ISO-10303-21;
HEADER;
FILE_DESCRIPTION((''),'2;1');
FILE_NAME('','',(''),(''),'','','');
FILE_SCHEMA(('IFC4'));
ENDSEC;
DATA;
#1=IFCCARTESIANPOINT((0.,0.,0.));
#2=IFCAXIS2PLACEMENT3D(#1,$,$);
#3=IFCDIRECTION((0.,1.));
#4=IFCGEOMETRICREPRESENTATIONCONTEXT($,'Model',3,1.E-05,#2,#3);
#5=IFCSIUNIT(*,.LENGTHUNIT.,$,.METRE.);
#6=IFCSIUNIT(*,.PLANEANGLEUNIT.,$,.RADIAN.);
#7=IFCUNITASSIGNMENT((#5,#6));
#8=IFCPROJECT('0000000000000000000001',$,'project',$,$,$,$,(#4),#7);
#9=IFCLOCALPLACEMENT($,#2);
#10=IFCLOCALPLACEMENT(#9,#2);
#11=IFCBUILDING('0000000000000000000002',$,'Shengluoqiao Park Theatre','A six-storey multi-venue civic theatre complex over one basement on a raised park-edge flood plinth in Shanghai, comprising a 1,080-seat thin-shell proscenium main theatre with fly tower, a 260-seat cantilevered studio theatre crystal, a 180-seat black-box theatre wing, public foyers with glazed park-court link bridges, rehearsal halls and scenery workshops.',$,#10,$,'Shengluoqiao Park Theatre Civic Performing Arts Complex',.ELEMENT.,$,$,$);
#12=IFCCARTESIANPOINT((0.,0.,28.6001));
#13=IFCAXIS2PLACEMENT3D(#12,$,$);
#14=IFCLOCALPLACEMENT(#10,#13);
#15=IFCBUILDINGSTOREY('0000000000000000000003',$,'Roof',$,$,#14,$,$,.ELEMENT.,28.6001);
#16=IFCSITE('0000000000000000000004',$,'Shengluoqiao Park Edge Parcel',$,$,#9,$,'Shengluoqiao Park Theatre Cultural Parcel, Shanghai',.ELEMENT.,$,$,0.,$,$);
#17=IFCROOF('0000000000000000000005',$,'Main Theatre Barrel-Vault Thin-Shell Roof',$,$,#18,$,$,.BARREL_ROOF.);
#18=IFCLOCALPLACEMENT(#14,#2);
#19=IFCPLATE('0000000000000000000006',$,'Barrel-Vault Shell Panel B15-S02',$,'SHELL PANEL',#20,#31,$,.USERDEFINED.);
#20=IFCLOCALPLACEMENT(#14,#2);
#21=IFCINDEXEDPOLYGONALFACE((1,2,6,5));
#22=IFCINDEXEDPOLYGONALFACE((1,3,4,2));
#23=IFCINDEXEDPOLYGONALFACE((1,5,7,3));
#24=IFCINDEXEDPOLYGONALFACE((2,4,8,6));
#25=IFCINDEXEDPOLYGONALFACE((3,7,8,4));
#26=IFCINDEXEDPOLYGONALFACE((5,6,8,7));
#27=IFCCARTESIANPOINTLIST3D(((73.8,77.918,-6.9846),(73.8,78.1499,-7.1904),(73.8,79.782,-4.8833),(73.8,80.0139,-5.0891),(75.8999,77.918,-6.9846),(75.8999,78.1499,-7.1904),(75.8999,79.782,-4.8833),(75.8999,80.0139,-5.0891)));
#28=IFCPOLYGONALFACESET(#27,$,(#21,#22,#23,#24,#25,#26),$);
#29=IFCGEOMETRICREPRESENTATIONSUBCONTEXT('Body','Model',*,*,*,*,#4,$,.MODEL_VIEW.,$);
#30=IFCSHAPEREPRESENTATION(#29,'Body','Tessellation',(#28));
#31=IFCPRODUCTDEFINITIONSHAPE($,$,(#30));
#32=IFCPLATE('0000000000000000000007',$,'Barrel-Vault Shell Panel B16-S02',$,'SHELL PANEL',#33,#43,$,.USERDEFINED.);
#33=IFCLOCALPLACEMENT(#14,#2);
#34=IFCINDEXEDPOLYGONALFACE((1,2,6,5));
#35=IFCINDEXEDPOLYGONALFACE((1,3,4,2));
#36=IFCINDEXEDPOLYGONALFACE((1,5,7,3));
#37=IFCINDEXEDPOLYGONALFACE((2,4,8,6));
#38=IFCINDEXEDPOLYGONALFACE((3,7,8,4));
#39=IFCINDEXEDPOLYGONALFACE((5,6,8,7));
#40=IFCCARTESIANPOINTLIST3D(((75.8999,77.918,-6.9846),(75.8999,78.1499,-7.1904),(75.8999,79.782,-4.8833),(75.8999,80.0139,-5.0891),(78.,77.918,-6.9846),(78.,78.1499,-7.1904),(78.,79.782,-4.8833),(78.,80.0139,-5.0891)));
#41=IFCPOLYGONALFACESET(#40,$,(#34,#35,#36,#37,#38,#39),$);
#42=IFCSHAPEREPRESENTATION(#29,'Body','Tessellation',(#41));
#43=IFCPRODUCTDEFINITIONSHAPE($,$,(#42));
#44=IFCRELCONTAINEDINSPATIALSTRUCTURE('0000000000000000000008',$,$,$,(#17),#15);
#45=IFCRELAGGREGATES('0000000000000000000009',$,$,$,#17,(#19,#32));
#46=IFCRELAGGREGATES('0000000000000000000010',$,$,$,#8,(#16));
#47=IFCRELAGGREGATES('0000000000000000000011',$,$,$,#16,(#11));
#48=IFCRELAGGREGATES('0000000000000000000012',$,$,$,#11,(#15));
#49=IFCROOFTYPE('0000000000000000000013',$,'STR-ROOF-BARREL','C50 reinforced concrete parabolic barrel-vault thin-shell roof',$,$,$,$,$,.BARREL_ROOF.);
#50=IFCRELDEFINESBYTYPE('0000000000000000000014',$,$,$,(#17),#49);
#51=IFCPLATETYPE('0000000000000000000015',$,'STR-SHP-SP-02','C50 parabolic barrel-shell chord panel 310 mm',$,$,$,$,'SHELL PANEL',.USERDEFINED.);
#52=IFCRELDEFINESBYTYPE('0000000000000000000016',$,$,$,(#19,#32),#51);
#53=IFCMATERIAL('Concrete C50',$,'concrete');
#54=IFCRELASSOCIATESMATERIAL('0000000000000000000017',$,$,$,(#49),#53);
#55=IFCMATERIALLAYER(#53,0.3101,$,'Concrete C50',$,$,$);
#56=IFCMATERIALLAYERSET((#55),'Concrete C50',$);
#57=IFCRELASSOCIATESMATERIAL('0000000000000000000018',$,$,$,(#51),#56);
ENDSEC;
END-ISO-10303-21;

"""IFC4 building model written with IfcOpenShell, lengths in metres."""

from ifc_helpers import new_model, si_unit, direction, frame, origin, place, context, subcontext, project, spatial, polyline, outline, extrude, material, layer, layer_set, type_object, element, aggregate, save


model = new_model("IFC4")

# Units and contexts
model_context = context("Model", 3, precision=1e-05, world=origin(), true_north=direction((0.0, 1.0)))
body_context = subcontext(model_context, "Body", "Model", "MODEL_VIEW")
ifc_project = project(units=[si_unit("LENGTHUNIT", "METRE"), si_unit("PLANEANGLEUNIT", "RADIAN")], contexts=[model_context])

# Site, building, storey
site_placement = place(None, origin())
site = spatial("IfcSite", under=ifc_project, at=site_placement, Name="Shengluoqiao Park Edge Parcel", LongName="Shengluoqiao Park Theatre Cultural Parcel, Shanghai", CompositionType="ELEMENT", RefElevation=0.0)
building_placement = place(site_placement, origin())
building = spatial("IfcBuilding", under=site, at=building_placement, Name="Shengluoqiao Park Theatre", Description="A six-storey multi-venue civic theatre complex over one basement on a raised park-edge flood plinth in Shanghai, comprising a 1,080-seat thin-shell proscenium main theatre with fly tower, a 260-seat cantilevered studio theatre crystal, a 180-seat black-box theatre wing, public foyers with glazed park-court link bridges, rehearsal halls and scenery workshops.", LongName="Shengluoqiao Park Theatre Civic Performing Arts Complex", CompositionType="ELEMENT")
storey_placement = place(building_placement, frame((0.0, 0.0, 28.6001)))
storey = spatial("IfcBuildingStorey", under=building, at=storey_placement, Name="Roof", CompositionType="ELEMENT", Elevation=28.6001)

# Shared definitions
ifc_material_1 = material(Name="Concrete C50", Category="concrete")

# Roof, plates
roof_type = type_object("IfcRoofType", Name="STR-ROOF-BARREL", Description="C50 reinforced concrete parabolic barrel-vault thin-shell roof", PredefinedType="BARREL_ROOF", material=ifc_material_1)
roof_placement = place(storey_placement, origin())
roof = element("IfcRoof", 1, at=roof_placement, inside=storey, type_object=roof_type, Name="Main Theatre Barrel-Vault Thin-Shell Roof", PredefinedType="BARREL_ROOF")
ifc_layer_1 = layer(ifc_material_1, 0.3101, Name="Concrete C50")
ifc_layer_set_1 = layer_set([ifc_layer_1], Name="Concrete C50")
plate_type_1 = type_object("IfcPlateType", Name="STR-SHP-SP-02", Description="C50 parabolic barrel-shell chord panel 310 mm", ElementType="SHELL PANEL", PredefinedType="USERDEFINED", material=ifc_layer_set_1)
plate_1_placement = place(storey_placement, frame((73.8, 77.918, -6.9846), z_axis=(0.0, -0.748085, 0.663603), x_axis=(1.0, 0.0, 0.0)))
plate_1 = element("IfcPlate", 2, at=plate_1_placement, type_object=plate_type_1, Name="Barrel-Vault Shell Panel B15-S02", ObjectType="SHELL PANEL", PredefinedType="USERDEFINED", context=body_context, shape_type="SweptSolid", body=[
    extrude(outline(polyline([(0.0, 0.0), (2.0999, 0.0), (2.0999, 2.8089), (0.0, 2.8089), (0.0, 0.0)])), origin(), (0.0, 0.0, -1.0), 0.3101),
])
plate_2_placement = place(storey_placement, frame((75.8999, 77.918, -6.9846), z_axis=(0.0, -0.748085, 0.663603), x_axis=(1.0, 0.0, 0.0)))
plate_2 = element("IfcPlate", 3, at=plate_2_placement, type_object=plate_type_1, Name="Barrel-Vault Shell Panel B16-S02", ObjectType="SHELL PANEL", PredefinedType="USERDEFINED", context=body_context, shape_type="SweptSolid", body=[
    extrude(outline(polyline([(0.0, 0.0), (2.1001, 0.0), (2.1001, 2.8089), (0.0, 2.8089), (0.0, 0.0)])), origin(), (0.0, 0.0, -1.0), 0.3101),
])
aggregate(roof, [plate_1, plate_2])

save(model, "model.ifc")
